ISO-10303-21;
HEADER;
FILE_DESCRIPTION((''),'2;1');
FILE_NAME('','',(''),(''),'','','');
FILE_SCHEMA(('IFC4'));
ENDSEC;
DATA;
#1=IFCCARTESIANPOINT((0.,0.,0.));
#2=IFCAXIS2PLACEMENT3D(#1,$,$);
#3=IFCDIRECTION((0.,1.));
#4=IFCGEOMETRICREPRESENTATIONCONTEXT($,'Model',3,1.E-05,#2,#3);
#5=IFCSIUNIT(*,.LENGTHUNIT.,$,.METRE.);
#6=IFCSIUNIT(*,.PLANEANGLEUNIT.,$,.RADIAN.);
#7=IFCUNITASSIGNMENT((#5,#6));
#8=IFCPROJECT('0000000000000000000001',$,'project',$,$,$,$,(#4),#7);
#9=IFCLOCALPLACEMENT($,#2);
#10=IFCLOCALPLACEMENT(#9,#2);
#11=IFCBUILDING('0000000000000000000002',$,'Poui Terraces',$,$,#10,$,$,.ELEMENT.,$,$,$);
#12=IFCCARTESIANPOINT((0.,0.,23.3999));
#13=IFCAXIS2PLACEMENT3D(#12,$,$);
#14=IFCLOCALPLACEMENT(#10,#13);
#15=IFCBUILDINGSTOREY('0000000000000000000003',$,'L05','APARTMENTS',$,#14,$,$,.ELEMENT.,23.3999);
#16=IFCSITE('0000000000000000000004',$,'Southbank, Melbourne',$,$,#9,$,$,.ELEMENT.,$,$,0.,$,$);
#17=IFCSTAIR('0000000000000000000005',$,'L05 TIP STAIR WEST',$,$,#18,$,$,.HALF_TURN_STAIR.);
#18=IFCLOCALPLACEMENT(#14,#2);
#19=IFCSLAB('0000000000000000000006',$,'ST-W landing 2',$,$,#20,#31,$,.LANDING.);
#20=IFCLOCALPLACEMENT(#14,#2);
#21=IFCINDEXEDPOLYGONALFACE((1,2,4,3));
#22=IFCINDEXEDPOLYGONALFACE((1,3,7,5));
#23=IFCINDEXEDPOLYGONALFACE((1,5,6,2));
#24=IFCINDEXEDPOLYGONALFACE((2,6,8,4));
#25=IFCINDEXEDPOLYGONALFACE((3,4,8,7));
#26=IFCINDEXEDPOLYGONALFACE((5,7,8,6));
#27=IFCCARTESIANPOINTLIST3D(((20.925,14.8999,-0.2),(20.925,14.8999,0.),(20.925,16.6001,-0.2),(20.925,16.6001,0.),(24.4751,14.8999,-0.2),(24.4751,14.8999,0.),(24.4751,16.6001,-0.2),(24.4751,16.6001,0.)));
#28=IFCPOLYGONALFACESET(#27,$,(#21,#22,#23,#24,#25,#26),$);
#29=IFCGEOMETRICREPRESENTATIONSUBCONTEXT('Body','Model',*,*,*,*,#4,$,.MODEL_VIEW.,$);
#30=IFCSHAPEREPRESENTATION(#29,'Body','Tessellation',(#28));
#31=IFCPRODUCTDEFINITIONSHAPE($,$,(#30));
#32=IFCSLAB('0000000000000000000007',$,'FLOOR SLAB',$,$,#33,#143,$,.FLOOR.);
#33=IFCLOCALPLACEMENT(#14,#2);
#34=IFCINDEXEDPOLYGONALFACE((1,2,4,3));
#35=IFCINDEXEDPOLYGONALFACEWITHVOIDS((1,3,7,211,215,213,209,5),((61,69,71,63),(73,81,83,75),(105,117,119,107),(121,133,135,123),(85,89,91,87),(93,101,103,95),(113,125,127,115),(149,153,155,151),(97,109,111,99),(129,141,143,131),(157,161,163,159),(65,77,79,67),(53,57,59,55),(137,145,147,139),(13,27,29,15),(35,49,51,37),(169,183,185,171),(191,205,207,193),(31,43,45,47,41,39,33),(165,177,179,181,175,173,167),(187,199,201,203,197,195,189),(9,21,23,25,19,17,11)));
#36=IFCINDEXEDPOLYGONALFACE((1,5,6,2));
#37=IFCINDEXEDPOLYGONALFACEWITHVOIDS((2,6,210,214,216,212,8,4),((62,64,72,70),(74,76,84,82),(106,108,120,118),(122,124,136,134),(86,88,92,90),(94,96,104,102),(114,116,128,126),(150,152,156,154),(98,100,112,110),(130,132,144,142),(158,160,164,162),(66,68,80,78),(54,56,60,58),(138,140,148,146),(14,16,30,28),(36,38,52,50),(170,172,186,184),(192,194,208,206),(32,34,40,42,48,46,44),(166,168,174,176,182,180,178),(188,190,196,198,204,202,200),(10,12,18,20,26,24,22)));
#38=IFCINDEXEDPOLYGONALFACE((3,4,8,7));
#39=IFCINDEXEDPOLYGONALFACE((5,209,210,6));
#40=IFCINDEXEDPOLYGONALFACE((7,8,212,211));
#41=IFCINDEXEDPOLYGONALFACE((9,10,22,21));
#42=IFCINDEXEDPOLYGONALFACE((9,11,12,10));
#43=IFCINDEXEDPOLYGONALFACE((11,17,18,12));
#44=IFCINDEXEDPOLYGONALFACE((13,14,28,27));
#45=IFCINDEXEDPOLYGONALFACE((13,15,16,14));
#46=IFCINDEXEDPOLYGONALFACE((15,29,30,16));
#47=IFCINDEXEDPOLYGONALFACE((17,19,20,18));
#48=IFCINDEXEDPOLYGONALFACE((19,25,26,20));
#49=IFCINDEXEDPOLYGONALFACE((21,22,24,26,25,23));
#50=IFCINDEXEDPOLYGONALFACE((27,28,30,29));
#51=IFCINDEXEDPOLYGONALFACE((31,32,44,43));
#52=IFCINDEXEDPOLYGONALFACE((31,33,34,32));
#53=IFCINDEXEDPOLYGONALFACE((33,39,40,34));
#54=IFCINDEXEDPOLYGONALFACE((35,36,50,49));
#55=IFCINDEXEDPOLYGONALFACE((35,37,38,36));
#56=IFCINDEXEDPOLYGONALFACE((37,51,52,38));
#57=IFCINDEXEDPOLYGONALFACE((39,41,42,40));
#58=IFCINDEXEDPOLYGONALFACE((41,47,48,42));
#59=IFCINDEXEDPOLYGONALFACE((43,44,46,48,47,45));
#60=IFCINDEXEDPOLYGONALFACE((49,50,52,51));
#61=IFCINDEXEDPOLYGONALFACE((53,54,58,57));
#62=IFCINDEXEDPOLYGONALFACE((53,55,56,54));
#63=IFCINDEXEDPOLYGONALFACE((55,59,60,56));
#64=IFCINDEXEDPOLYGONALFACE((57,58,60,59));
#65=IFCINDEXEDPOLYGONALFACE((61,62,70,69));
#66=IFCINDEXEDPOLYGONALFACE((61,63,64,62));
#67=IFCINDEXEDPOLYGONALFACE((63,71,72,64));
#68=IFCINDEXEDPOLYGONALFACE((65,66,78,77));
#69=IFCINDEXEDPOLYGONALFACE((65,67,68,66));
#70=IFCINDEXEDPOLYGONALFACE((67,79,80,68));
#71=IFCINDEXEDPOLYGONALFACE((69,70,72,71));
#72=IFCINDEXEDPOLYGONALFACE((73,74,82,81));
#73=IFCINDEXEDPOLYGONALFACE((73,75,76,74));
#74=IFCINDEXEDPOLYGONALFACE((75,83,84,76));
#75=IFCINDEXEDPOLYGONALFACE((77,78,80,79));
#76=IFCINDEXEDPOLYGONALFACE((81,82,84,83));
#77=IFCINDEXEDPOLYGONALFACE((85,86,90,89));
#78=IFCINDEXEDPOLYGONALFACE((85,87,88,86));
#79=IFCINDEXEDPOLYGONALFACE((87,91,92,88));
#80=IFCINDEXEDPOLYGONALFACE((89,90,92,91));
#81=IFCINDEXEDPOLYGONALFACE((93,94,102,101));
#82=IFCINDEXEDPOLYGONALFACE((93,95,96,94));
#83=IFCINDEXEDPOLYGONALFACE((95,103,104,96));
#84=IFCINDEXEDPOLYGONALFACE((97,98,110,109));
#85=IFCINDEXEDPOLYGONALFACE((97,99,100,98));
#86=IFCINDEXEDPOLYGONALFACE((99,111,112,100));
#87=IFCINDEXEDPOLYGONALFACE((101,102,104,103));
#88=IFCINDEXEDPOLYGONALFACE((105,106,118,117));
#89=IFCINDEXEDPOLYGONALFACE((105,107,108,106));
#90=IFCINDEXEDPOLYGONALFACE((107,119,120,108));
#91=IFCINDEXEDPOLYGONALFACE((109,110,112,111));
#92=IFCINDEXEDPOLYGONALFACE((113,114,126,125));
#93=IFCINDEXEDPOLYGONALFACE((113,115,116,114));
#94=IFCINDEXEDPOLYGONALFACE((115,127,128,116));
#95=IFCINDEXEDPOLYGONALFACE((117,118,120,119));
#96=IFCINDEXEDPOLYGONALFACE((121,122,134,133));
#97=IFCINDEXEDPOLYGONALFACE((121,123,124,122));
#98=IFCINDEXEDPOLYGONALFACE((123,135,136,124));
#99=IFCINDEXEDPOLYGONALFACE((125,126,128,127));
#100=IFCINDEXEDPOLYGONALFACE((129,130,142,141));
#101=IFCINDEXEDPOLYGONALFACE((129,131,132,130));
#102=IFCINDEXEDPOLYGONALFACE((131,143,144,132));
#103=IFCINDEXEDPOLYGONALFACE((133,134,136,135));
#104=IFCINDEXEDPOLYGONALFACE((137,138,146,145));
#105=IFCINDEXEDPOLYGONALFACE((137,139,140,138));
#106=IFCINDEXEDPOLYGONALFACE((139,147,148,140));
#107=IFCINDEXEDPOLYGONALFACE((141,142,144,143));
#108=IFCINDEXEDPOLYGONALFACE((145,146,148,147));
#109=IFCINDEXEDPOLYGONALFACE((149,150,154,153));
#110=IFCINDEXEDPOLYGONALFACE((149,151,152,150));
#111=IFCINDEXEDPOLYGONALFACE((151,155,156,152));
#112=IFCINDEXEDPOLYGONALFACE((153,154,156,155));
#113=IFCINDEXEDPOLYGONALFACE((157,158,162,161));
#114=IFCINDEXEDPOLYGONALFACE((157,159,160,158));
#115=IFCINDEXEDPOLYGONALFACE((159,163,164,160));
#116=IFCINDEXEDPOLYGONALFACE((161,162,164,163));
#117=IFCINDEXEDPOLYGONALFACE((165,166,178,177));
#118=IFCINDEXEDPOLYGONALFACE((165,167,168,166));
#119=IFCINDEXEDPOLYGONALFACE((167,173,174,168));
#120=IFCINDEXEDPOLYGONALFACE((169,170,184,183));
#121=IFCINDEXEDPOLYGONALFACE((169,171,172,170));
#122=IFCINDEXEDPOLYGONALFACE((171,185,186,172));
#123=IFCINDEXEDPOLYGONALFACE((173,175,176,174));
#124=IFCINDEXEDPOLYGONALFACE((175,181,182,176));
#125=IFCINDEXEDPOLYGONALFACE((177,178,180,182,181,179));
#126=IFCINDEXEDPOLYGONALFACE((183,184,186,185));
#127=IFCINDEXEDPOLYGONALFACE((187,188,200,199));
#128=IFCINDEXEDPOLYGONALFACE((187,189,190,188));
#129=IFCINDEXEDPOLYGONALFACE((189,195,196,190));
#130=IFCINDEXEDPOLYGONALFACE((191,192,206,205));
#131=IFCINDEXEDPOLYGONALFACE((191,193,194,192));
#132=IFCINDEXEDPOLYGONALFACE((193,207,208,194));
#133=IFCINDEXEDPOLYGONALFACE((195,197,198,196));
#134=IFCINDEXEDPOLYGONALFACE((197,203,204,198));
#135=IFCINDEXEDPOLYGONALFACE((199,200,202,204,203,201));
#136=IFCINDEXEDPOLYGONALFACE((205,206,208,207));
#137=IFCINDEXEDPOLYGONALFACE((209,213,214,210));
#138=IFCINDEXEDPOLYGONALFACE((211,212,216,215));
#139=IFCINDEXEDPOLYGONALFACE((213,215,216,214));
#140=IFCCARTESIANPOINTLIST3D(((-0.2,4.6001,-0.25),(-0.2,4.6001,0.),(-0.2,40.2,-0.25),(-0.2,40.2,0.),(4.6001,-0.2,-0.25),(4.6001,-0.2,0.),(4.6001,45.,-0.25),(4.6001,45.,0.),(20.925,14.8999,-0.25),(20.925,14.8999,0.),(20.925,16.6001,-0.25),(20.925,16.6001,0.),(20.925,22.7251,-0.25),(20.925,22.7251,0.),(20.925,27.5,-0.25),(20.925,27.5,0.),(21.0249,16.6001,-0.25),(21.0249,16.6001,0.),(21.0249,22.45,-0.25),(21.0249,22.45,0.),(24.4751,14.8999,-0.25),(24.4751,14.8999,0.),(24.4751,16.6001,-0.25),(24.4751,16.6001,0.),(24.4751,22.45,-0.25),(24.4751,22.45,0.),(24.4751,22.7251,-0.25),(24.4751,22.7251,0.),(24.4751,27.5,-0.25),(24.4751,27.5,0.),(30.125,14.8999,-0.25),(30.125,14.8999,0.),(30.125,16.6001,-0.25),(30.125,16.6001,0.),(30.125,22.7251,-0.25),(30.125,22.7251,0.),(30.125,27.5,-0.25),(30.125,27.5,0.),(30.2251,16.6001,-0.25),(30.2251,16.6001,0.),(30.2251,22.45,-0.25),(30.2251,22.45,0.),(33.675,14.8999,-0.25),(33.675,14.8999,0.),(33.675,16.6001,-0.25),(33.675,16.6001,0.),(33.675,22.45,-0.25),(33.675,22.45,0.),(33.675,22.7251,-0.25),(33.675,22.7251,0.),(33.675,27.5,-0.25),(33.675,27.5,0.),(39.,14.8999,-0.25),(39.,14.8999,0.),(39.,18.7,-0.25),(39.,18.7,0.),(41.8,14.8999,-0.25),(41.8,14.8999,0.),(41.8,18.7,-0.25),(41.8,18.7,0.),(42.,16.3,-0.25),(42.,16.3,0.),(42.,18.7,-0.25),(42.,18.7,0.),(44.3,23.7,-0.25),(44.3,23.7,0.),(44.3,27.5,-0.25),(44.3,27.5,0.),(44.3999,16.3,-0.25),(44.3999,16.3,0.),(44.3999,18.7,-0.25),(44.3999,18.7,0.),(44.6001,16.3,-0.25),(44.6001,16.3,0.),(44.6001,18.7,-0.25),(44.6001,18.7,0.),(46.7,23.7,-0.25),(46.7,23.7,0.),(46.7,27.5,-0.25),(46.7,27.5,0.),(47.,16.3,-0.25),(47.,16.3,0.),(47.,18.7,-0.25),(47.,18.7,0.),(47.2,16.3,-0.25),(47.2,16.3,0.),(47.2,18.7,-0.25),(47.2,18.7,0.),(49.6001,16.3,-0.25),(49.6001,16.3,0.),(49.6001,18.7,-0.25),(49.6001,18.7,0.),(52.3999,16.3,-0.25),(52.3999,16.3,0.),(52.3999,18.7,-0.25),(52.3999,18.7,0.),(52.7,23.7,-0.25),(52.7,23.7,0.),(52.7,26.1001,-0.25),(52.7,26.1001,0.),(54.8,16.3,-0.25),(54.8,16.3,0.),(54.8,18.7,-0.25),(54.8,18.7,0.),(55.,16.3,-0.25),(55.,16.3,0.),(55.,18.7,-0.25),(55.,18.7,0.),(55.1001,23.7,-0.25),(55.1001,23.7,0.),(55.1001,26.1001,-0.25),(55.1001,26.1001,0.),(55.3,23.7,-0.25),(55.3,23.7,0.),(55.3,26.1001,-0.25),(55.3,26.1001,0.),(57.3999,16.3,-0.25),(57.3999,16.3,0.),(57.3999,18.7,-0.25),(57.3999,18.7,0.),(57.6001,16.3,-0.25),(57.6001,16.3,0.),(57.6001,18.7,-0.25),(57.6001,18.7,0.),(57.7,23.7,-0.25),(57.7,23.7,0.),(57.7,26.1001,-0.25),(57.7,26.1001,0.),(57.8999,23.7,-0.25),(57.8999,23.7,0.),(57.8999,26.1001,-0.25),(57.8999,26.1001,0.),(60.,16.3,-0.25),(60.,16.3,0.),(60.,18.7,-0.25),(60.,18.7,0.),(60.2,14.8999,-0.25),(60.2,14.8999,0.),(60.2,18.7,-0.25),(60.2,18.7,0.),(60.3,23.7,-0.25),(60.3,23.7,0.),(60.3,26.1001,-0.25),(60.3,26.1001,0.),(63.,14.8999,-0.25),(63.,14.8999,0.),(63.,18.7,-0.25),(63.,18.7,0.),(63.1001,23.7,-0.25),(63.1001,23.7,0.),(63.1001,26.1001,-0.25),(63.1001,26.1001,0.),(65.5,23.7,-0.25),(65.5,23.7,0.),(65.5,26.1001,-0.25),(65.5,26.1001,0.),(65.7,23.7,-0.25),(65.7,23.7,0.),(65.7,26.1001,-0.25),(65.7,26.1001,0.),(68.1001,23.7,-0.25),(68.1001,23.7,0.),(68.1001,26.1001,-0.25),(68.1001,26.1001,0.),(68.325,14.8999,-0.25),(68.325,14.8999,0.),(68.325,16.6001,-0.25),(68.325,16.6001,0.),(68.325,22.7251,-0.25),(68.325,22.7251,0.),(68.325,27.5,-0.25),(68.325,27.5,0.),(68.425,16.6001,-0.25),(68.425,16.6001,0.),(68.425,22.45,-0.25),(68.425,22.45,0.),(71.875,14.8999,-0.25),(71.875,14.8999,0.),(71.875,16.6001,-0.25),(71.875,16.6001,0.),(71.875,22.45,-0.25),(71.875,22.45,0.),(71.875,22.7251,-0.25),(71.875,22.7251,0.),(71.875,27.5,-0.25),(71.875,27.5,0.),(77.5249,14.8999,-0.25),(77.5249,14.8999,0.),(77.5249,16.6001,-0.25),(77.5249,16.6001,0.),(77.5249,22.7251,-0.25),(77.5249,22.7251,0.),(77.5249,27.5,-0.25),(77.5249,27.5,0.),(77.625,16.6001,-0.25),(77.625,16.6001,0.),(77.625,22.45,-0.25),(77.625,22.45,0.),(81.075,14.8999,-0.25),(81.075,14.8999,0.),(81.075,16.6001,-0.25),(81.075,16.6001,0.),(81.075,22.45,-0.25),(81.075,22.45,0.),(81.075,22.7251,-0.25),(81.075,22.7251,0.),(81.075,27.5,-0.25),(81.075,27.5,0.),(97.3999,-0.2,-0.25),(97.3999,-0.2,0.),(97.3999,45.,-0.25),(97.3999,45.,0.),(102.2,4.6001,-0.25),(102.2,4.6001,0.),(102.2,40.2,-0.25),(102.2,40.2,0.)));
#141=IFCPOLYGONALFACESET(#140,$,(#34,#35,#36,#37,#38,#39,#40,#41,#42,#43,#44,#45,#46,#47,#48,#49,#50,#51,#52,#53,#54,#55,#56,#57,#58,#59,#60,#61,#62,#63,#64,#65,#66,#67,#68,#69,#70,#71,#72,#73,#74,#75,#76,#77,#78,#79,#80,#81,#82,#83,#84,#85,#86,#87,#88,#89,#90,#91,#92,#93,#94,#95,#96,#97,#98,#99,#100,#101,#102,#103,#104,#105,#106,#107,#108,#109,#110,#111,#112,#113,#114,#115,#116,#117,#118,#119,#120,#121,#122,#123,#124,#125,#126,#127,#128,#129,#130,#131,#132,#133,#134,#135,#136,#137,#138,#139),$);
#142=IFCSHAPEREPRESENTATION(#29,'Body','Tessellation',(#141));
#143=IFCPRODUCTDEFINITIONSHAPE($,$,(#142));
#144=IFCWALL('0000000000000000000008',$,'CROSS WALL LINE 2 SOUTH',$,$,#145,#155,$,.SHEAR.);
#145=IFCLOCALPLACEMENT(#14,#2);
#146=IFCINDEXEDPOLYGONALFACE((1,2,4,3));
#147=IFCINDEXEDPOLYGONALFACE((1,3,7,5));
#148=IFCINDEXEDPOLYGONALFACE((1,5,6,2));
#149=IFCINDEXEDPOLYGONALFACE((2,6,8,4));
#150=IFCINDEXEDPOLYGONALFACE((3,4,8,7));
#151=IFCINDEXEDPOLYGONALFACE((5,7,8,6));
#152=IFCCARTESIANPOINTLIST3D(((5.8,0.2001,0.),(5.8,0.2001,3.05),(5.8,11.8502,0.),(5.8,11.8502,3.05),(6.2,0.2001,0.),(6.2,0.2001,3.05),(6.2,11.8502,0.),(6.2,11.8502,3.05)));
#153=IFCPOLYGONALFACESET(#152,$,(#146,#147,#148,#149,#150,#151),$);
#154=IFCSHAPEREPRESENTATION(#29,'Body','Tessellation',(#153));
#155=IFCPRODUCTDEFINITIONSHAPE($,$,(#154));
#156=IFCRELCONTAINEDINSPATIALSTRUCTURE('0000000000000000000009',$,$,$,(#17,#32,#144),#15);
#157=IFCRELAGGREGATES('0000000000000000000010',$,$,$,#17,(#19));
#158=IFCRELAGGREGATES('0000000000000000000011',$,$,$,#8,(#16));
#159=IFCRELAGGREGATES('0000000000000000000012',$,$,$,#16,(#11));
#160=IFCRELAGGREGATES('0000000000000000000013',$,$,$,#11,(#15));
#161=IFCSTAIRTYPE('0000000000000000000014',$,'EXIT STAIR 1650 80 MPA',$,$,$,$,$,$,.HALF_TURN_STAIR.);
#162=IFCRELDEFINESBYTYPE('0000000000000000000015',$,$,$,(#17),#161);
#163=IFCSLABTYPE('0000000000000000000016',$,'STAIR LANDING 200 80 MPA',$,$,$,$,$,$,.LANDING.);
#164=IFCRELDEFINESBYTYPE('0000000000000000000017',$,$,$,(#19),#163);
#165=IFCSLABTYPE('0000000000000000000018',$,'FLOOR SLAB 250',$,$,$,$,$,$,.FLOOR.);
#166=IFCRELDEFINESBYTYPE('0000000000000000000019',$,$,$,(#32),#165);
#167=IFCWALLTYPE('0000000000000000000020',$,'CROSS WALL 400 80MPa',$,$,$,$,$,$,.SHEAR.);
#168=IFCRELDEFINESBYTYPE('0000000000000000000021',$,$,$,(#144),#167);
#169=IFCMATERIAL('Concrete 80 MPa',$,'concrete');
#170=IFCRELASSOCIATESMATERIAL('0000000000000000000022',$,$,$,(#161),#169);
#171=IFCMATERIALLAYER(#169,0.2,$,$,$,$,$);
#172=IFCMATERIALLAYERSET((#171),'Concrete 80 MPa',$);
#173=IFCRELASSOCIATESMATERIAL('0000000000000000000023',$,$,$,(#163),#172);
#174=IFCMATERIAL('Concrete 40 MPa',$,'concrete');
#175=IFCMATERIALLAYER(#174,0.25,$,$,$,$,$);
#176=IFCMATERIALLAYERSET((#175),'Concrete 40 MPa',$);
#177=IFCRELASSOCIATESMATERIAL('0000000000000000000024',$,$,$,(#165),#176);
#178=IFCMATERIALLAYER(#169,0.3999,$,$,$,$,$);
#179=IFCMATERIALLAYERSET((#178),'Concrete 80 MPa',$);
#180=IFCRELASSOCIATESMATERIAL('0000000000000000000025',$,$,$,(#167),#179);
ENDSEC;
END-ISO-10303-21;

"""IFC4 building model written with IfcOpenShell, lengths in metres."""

from ifc_helpers import new_model, si_unit, direction, frame, frame_2d, origin, place, context, subcontext, project, spatial, polyline, rectangle, outline, extrude, source, transform, mapped, material, layer, layer_set, type_object, element, aggregate, save


model = new_model("IFC4")

# Units and contexts
model_context = context("Model", 3, precision=1e-05, world=origin(), true_north=direction((0.0, 1.0)))
body_context = subcontext(model_context, "Body", "Model", "MODEL_VIEW")
ifc_project = project(units=[si_unit("LENGTHUNIT", "METRE"), si_unit("PLANEANGLEUNIT", "RADIAN")], contexts=[model_context])

# Site, building, storey
site_placement = place(None, origin())
site = spatial("IfcSite", under=ifc_project, at=site_placement, Name="Southbank, Melbourne", CompositionType="ELEMENT", RefElevation=0.0)
building_placement = place(site_placement, origin())
building = spatial("IfcBuilding", under=site, at=building_placement, Name="Poui Terraces", CompositionType="ELEMENT")
storey_placement = place(building_placement, frame((0.0, 0.0, 23.3999)))
storey = spatial("IfcBuildingStorey", under=building, at=storey_placement, Name="L05", Description="APARTMENTS", CompositionType="ELEMENT", Elevation=23.3999)

# Stair, slab
ifc_material_1 = material(Name="Concrete 80 MPa", Category="concrete")
stair_type = type_object("IfcStairType", Name="EXIT STAIR 1650 80 MPA", PredefinedType="HALF_TURN_STAIR", material=ifc_material_1)
stair_placement = place(storey_placement, origin())
stair = element("IfcStair", 1, at=stair_placement, inside=storey, type_object=stair_type, Name="L05 TIP STAIR WEST", PredefinedType="HALF_TURN_STAIR")
ifc_layer_1 = layer(ifc_material_1, 0.2)
ifc_layer_set_1 = layer_set([ifc_layer_1], Name="Concrete 80 MPa")
slab_type_1 = type_object("IfcSlabType", Name="STAIR LANDING 200 80 MPA", PredefinedType="LANDING", material=ifc_layer_set_1)
slab_1_placement = place(storey_placement, frame((0.0, 0.0, -0.2)))
slab_1 = element("IfcSlab", 2, at=slab_1_placement, type_object=slab_type_1, Name="ST-W landing 2", PredefinedType="LANDING", context=body_context, shape_type="SweptSolid", body=[
    extrude(outline(polyline([(20.925, 14.8999), (24.4751, 14.8999), (24.4751, 16.6001), (20.925, 16.6001), (20.925, 14.8999)])), origin(), (0.0, 0.0, 1.0), 0.2),
])
aggregate(stair, [slab_1])

# Slab
ifc_material_2 = material(Name="Concrete 40 MPa", Category="concrete")
ifc_layer_2 = layer(ifc_material_2, 0.25)
ifc_layer_set_2 = layer_set([ifc_layer_2], Name="Concrete 40 MPa")
slab_type_2 = type_object("IfcSlabType", Name="FLOOR SLAB 250", PredefinedType="FLOOR", material=ifc_layer_set_2)
shared_shape_1 = source(origin(), body_context, "Body", "SweptSolid", [
    extrude(outline(polyline([(0.0, 0.0), (4.8, -4.8), (97.5999, -4.8), (102.3999, 0.0), (102.3999, 35.5999), (97.5999, 40.3999), (4.8, 40.3999), (0.0, 35.5999), (0.0, 0.0)]), holes=[polyline([(39.2, 10.2998), (39.2, 14.0999), (42.0, 14.0999), (42.0, 10.2998), (39.2, 10.2998)]), polyline([(42.2, 11.7), (42.2, 14.0999), (44.5999, 14.0999), (44.5999, 11.7), (42.2, 11.7)]), polyline([(44.8, 11.7), (44.8, 14.0999), (47.2, 14.0999), (47.2, 11.7), (44.8, 11.7)]), polyline([(47.3999, 14.0999), (49.8, 14.0999), (49.8, 11.7), (47.3999, 11.7), (47.3999, 14.0999)]), polyline([(52.5999, 14.0999), (55.0, 14.0999), (55.0, 11.7), (52.5999, 11.7), (52.5999, 14.0999)]), polyline([(21.2249, 17.8499), (24.675, 17.8499), (24.675, 12.0), (24.675, 10.2998), (21.125, 10.2998), (21.125, 12.0), (21.2249, 12.0), (21.2249, 17.8499)]), polyline([(33.875, 17.8499), (33.875, 12.0), (33.875, 10.2998), (30.325, 10.2998), (30.325, 12.0), (30.425, 12.0), (30.425, 17.8499), (33.875, 17.8499)]), polyline([(52.8999, 21.5), (55.3, 21.5), (55.3, 19.0999), (52.8999, 19.0999), (52.8999, 21.5)]), polyline([(21.125, 18.125), (21.125, 22.8999), (24.675, 22.8999), (24.675, 18.125), (21.125, 18.125)]), polyline([(30.325, 22.8999), (33.875, 22.8999), (33.875, 18.125), (30.325, 18.125), (30.325, 22.8999)]), polyline([(44.5, 22.8999), (46.8999, 22.8999), (46.8999, 19.0999), (44.5, 19.0999), (44.5, 22.8999)]), polyline([(60.3999, 10.2998), (60.3999, 14.0999), (63.2, 14.0999), (63.2, 10.2998), (60.3999, 10.2998)]), polyline([(55.2, 11.7), (55.2, 14.0999), (57.5999, 14.0999), (57.5999, 11.7), (55.2, 11.7)]), polyline([(57.8, 11.7), (57.8, 14.0999), (60.2, 14.0999), (60.2, 11.7), (57.8, 11.7)]), polyline([(72.075, 17.8499), (72.075, 12.0), (72.075, 10.2998), (68.5249, 10.2998), (68.5249, 12.0), (68.625, 12.0), (68.625, 17.8499), (72.075, 17.8499)]), polyline([(81.2749, 17.8499), (81.2749, 12.0), (81.2749, 10.2998), (77.7249, 10.2998), (77.7249, 12.0), (77.825, 12.0), (77.825, 17.8499), (81.2749, 17.8499)]), polyline([(55.5, 19.0999), (55.5, 21.5), (57.8999, 21.5), (57.8999, 19.0999), (55.5, 19.0999)]), polyline([(58.0999, 21.5), (60.5, 21.5), (60.5, 19.0999), (58.0999, 19.0999), (58.0999, 21.5)]), polyline([(63.3, 21.5), (65.7, 21.5), (65.7, 19.0999), (63.3, 19.0999), (63.3, 21.5)]), polyline([(65.8999, 19.0999), (65.8999, 21.5), (68.3, 21.5), (68.3, 19.0999), (65.8999, 19.0999)]), polyline([(68.5249, 22.8999), (72.075, 22.8999), (72.075, 18.125), (68.5249, 18.125), (68.5249, 22.8999)]), polyline([(77.7249, 22.8999), (81.2749, 22.8999), (81.2749, 18.125), (77.7249, 18.125), (77.7249, 22.8999)])]), origin(), (0.0, 0.0, 1.0), 0.25),
])
slab_2_placement = place(storey_placement, frame((-0.2, 4.6001, -0.25)))
element("IfcSlab", 3, at=slab_2_placement, inside=storey, type_object=slab_type_2, Name="FLOOR SLAB", PredefinedType="FLOOR", context=body_context, shape_type="MappedRepresentation", body=[
    mapped(shared_shape_1, transform((0.0, 0.0, 0.0))),
])

# Wall
ifc_layer_3 = layer(ifc_material_1, 0.3999)
ifc_layer_set_3 = layer_set([ifc_layer_3], Name="Concrete 80 MPa")
wall_type_1 = type_object("IfcWallType", Name="CROSS WALL 400 80MPa", PredefinedType="SHEAR", material=ifc_layer_set_3)
wall_1_placement = place(storey_placement, frame((6.0, 0.2, 0.0), z_axis=(0.0, 0.0, 1.0), x_axis=(0.0, 1.0, 0.0)))
element("IfcWall", 4, at=wall_1_placement, inside=storey, type_object=wall_type_1, Name="CROSS WALL LINE 2 SOUTH", PredefinedType="SHEAR", context=body_context, shape_type="SweptSolid", body=[
    extrude(rectangle(XDim=11.6501, YDim=0.3999, at=frame_2d((5.8252, 0.0))), origin(), (0.0, 0.0, 1.0), 3.05),
])

save(model, "model.ifc")
